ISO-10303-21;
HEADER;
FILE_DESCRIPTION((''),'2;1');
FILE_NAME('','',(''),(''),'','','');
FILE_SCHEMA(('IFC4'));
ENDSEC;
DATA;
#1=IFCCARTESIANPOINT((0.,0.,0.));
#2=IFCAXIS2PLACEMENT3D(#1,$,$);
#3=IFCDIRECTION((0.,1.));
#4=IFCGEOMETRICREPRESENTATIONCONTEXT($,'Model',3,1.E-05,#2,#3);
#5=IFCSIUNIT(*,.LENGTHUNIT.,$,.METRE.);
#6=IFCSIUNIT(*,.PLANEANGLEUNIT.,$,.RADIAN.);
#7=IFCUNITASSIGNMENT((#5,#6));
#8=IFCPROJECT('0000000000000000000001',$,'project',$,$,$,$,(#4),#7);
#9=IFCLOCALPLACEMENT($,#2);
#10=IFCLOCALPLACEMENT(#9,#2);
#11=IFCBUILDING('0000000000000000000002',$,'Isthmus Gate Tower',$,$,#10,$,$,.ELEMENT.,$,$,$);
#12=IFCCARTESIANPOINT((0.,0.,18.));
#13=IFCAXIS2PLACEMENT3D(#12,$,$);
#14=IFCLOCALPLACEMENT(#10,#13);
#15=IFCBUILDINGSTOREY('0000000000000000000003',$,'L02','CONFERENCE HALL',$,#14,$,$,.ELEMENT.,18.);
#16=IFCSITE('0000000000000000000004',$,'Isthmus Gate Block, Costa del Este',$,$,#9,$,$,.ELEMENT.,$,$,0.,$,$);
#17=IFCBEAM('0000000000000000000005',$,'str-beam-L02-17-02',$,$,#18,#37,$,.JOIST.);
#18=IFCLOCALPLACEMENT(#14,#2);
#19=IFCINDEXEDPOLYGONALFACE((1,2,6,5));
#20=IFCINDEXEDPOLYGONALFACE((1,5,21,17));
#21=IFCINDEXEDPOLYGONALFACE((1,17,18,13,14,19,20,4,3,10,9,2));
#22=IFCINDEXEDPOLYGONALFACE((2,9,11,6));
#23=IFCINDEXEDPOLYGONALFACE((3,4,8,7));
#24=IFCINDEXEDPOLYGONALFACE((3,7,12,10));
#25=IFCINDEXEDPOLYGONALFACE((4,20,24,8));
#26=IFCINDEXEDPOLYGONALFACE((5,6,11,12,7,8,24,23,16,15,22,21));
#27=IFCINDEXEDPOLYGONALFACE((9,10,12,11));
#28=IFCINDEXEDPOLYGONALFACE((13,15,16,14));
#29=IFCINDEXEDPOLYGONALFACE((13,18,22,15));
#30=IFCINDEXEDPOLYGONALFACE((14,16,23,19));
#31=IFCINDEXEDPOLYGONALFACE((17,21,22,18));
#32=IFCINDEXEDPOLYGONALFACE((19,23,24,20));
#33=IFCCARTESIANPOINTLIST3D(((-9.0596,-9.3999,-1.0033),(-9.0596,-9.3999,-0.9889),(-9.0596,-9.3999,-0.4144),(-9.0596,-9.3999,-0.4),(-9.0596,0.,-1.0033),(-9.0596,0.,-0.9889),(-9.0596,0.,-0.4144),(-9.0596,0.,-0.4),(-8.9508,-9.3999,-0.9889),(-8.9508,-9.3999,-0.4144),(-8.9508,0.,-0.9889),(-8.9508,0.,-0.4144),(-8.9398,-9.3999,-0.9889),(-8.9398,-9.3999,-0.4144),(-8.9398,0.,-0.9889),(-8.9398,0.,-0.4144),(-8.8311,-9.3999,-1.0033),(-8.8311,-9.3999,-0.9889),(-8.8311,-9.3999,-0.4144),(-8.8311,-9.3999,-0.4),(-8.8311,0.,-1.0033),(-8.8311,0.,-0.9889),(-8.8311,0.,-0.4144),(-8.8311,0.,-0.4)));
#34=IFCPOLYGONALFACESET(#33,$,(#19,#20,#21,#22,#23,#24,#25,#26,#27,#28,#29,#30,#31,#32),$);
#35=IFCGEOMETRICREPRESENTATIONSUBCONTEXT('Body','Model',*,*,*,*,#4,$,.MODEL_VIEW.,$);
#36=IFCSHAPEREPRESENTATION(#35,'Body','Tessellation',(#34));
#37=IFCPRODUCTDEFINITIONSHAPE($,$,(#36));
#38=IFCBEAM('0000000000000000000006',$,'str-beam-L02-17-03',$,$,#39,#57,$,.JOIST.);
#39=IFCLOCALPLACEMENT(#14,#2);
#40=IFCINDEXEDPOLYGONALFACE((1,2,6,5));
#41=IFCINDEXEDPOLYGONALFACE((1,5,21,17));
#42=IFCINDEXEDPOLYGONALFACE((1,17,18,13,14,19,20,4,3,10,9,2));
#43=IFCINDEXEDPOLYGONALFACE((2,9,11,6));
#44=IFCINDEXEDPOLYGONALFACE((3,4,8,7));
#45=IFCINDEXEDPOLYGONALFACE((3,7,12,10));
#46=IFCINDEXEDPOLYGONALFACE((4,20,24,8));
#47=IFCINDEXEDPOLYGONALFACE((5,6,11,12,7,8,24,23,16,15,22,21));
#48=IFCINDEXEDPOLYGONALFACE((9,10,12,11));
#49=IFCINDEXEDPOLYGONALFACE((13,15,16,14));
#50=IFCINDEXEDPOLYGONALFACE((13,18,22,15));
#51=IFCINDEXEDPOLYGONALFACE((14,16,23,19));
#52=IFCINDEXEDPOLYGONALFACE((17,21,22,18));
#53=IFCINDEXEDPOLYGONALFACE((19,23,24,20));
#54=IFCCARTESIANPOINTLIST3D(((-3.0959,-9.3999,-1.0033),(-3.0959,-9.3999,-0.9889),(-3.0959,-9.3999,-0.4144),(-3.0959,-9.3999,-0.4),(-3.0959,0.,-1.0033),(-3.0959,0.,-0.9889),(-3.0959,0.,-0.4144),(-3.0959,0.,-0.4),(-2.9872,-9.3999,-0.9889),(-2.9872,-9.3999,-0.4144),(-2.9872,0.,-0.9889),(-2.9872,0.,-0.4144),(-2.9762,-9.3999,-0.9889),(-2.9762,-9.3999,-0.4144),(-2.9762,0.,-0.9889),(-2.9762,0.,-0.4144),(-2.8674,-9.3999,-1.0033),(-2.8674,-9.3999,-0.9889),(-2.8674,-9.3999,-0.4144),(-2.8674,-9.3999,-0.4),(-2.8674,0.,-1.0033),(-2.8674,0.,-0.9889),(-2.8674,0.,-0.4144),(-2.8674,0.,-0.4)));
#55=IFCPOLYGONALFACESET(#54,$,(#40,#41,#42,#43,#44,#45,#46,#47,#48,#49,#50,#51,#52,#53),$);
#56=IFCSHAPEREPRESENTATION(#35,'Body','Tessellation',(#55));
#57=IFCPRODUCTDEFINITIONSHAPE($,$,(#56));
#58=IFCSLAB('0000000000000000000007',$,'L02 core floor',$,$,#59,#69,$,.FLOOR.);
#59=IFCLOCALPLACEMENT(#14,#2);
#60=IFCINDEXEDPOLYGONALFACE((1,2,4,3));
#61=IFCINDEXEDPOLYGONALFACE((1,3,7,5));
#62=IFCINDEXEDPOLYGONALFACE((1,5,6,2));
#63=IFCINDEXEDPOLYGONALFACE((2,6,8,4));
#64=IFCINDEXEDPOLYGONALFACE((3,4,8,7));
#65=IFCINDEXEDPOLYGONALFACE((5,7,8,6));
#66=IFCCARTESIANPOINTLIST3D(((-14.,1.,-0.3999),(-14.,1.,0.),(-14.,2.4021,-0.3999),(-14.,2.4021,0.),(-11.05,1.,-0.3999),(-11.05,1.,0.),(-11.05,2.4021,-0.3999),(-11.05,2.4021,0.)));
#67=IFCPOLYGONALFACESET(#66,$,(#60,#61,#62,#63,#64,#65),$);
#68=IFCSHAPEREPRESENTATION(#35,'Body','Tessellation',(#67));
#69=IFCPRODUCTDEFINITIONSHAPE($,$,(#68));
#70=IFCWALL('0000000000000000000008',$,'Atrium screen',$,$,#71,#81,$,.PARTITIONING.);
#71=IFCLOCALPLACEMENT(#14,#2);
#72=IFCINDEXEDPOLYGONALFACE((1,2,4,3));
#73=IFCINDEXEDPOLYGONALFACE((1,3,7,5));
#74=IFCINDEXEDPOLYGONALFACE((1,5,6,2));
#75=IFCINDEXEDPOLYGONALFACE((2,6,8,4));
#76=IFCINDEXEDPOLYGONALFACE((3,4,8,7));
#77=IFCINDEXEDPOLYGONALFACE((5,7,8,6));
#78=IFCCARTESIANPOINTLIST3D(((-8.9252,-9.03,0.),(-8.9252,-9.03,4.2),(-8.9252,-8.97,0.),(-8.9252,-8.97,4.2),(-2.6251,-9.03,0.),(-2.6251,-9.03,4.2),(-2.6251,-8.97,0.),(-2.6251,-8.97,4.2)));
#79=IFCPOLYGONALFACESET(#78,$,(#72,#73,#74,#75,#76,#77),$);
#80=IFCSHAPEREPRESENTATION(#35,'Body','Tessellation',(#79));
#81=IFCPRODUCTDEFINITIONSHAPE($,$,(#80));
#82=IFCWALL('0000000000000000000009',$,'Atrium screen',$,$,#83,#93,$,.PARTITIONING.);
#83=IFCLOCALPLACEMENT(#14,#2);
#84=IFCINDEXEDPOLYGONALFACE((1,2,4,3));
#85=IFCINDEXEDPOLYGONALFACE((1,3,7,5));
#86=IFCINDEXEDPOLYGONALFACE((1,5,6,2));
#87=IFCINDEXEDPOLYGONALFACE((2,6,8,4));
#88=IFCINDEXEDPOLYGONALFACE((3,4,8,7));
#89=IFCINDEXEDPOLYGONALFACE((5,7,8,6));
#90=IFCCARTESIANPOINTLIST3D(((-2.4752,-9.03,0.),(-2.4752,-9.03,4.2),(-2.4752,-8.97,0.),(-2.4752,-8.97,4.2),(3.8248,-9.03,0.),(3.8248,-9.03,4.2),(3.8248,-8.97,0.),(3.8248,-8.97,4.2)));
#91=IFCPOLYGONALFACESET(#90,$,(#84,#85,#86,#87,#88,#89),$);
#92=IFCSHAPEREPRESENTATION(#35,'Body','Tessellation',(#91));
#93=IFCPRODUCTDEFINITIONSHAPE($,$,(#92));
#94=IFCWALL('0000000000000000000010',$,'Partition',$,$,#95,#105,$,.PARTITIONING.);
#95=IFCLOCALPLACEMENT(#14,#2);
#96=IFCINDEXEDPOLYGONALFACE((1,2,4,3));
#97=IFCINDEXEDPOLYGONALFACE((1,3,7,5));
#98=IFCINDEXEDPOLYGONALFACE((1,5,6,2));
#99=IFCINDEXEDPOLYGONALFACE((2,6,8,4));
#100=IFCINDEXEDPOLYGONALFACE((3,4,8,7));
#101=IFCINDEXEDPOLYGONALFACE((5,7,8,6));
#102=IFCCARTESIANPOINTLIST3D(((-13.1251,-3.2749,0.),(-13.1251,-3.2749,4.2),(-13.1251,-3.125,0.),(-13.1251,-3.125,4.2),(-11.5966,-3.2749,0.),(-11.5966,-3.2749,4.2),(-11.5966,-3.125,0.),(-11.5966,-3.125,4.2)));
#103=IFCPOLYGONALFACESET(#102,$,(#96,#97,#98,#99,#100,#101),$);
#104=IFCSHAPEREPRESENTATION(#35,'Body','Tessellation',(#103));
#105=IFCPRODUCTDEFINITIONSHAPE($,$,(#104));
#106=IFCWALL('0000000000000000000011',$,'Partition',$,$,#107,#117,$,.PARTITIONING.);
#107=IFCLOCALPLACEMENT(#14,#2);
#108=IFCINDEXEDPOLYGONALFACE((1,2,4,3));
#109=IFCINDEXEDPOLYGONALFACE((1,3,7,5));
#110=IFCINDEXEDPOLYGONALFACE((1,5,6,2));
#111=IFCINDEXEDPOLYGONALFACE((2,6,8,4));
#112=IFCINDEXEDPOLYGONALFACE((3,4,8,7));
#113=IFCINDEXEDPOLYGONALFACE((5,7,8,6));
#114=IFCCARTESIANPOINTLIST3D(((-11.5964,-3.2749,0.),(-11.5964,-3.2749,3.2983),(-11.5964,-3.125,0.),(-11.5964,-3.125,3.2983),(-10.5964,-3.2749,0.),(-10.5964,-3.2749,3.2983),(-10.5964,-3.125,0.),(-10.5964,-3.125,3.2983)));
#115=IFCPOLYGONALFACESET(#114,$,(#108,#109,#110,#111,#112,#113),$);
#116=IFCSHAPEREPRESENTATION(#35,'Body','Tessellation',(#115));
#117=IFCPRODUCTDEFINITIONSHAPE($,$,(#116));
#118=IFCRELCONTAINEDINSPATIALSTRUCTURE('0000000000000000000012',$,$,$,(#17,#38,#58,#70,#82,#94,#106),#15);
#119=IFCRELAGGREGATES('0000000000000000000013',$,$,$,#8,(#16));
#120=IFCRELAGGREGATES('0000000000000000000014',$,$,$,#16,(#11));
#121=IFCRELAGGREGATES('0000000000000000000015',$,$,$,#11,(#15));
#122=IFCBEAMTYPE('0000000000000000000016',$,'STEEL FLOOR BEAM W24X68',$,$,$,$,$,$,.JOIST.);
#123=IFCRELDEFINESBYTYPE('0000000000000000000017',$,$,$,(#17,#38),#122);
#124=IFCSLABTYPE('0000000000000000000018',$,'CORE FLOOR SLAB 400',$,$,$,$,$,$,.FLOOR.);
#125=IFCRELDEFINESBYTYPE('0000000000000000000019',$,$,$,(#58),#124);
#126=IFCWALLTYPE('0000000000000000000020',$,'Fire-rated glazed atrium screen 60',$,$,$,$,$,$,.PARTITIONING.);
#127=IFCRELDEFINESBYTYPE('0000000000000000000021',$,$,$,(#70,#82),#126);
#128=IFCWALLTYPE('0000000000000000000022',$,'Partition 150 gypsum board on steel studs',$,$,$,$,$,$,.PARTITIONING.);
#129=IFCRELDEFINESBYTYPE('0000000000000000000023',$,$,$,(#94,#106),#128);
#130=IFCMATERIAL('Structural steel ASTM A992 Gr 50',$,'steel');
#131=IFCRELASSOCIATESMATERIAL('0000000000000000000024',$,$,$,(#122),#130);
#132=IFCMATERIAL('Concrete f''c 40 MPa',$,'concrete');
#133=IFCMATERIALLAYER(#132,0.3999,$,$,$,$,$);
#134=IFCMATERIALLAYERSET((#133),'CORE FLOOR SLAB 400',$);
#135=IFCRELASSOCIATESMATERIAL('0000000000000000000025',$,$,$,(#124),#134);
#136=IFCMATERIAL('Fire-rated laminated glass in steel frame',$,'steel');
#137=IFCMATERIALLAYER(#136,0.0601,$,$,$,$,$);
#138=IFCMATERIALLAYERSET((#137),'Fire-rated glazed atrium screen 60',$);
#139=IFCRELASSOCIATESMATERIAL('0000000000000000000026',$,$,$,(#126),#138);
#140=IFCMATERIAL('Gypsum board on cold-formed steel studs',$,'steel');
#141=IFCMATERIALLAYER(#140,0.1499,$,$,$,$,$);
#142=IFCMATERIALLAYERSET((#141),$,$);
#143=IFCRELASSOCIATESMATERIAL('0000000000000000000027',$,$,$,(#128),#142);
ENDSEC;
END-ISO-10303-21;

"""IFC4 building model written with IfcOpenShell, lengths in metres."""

from ifc_helpers import new_model, si_unit, direction, frame, frame_2d, origin, origin_2d, place, context, subcontext, project, spatial, polyline, rectangle, i_section, outline, extrude, material, layer, layer_set, material_profile, profile_set, type_object, element, save


model = new_model("IFC4")

# Units and contexts
model_context = context("Model", 3, precision=1e-05, world=origin(), true_north=direction((0.0, 1.0)))
body_context = subcontext(model_context, "Body", "Model", "MODEL_VIEW")
ifc_project = project(units=[si_unit("LENGTHUNIT", "METRE"), si_unit("PLANEANGLEUNIT", "RADIAN")], contexts=[model_context])

# Site, building, storey
site_placement = place(None, origin())
site = spatial("IfcSite", under=ifc_project, at=site_placement, Name="Isthmus Gate Block, Costa del Este", CompositionType="ELEMENT", RefElevation=0.0)
building_placement = place(site_placement, origin())
building = spatial("IfcBuilding", under=site, at=building_placement, Name="Isthmus Gate Tower", CompositionType="ELEMENT")
storey_placement = place(building_placement, frame((0.0, 0.0, 18.0)))
storey = spatial("IfcBuildingStorey", under=building, at=storey_placement, Name="L02", Description="CONFERENCE HALL", CompositionType="ELEMENT", Elevation=18.0)

# Beams
ifc_material_1 = material(Name="Structural steel ASTM A992 Gr 50", Category="steel")
ifc_material_profile = material_profile(ifc_material_1, i_section(OverallWidth=0.2285, OverallDepth=0.6033, WebThickness=0.011, FlangeThickness=0.0144, at=origin_2d()), Name="W24X68")
ifc_profile_set = profile_set([ifc_material_profile], Name="Structural steel ASTM A992 Gr 50")
beam_type = type_object("IfcBeamType", Name="STEEL FLOOR BEAM W24X68", PredefinedType="JOIST", material=ifc_profile_set)
for number, where, z_axis, x_axis, name in (
    (1, (-8.9453, -9.3999, -0.7017), (0.0, 1.0, 0.0), (-1.0, 0.0, 0.0), "str-beam-L02-17-02"),
    (2, (-2.9817, -9.3999, -0.7017), (0.0, 1.0, 0.0), (-1.0, 0.0, 0.0), "str-beam-L02-17-03"),
):
    element("IfcBeam", number, at=place(storey_placement, frame(where, z_axis=z_axis, x_axis=x_axis)), inside=storey, type_object=beam_type, Name=name, PredefinedType="JOIST", context=body_context, shape_type="SweptSolid", body=[
        extrude(i_section(OverallWidth=0.2285, OverallDepth=0.6033, WebThickness=0.011, FlangeThickness=0.0144, at=origin_2d()), origin(), (0.0, 0.0, 1.0), 9.3999),
    ])

# Slab
ifc_material_2 = material(Name="Concrete f'c 40 MPa", Category="concrete")
ifc_layer_1 = layer(ifc_material_2, 0.3999)
ifc_layer_set_1 = layer_set([ifc_layer_1], Name="CORE FLOOR SLAB 400")
slab_type_1 = type_object("IfcSlabType", Name="CORE FLOOR SLAB 400", PredefinedType="FLOOR", material=ifc_layer_set_1)
slab_1_placement = place(storey_placement, frame((0.0, 0.0, -0.3999)))
element("IfcSlab", 3, at=slab_1_placement, inside=storey, type_object=slab_type_1, Name="L02 core floor", PredefinedType="FLOOR", context=body_context, shape_type="SweptSolid", body=[
    extrude(outline(polyline([(-11.05, 1.0), (-11.05, 2.4021), (-14.0, 2.4021), (-14.0, 1.0), (-11.05, 1.0)])), origin(), (0.0, 0.0, 1.0), 0.3999),
])

# Walls
ifc_material_3 = material(Name="Fire-rated laminated glass in steel frame", Category="steel")
ifc_layer_2 = layer(ifc_material_3, 0.0601)
ifc_layer_set_2 = layer_set([ifc_layer_2], Name="Fire-rated glazed atrium screen 60")
wall_type_1 = type_object("IfcWallType", Name="Fire-rated glazed atrium screen 60", PredefinedType="PARTITIONING", material=ifc_layer_set_2)
for number, where, z_axis, x_axis, name in (
    (4, (-8.925, -9.0, 0.0), (0.0, 0.0, 1.0), (1.0, 0.0, 0.0), "Atrium screen"),
    (5, (-2.4751, -9.0, 0.0), (0.0, 0.0, 1.0), (1.0, 0.0, 0.0), "Atrium screen"),
):
    element("IfcWall", number, at=place(storey_placement, frame(where, z_axis=z_axis, x_axis=x_axis)), inside=storey, type_object=wall_type_1, Name=name, PredefinedType="PARTITIONING", context=body_context, shape_type="SweptSolid", body=[
        extrude(rectangle(XDim=6.3, YDim=0.0601, at=frame_2d((3.1499, 0.0))), origin(), (0.0, 0.0, 1.0), 4.2),
    ])
ifc_material_4 = material(Name="Gypsum board on cold-formed steel studs", Category="steel")
ifc_layer_3 = layer(ifc_material_4, 0.1499)
ifc_layer_set_3 = layer_set([ifc_layer_3])
wall_type_2 = type_object("IfcWallType", Name="Partition 150 gypsum board on steel studs", PredefinedType="PARTITIONING", material=ifc_layer_set_3)
wall_1_placement = place(storey_placement, frame((-13.125, -3.2, 0.0), z_axis=(0.0, 0.0, 1.0), x_axis=(1.0, 0.0, 0.0)))
element("IfcWall", 6, at=wall_1_placement, inside=storey, type_object=wall_type_2, Name="Partition", PredefinedType="PARTITIONING", context=body_context, shape_type="SweptSolid", body=[
    extrude(rectangle(XDim=1.5286, YDim=0.1499, at=frame_2d((0.7642, 0.0))), origin(), (0.0, 0.0, 1.0), 4.2),
])
wall_2_placement = place(storey_placement, frame((-11.5964, -3.2, 0.0), z_axis=(0.0, 0.0, 1.0), x_axis=(1.0, 0.0, 0.0)))
element("IfcWall", 7, at=wall_2_placement, inside=storey, type_object=wall_type_2, Name="Partition", PredefinedType="PARTITIONING", context=body_context, shape_type="SweptSolid", body=[
    extrude(rectangle(XDim=1.0, YDim=0.1499, at=frame_2d((0.5, 0.0))), origin(), (0.0, 0.0, 1.0), 3.2983),
])

save(model, "model.ifc")
